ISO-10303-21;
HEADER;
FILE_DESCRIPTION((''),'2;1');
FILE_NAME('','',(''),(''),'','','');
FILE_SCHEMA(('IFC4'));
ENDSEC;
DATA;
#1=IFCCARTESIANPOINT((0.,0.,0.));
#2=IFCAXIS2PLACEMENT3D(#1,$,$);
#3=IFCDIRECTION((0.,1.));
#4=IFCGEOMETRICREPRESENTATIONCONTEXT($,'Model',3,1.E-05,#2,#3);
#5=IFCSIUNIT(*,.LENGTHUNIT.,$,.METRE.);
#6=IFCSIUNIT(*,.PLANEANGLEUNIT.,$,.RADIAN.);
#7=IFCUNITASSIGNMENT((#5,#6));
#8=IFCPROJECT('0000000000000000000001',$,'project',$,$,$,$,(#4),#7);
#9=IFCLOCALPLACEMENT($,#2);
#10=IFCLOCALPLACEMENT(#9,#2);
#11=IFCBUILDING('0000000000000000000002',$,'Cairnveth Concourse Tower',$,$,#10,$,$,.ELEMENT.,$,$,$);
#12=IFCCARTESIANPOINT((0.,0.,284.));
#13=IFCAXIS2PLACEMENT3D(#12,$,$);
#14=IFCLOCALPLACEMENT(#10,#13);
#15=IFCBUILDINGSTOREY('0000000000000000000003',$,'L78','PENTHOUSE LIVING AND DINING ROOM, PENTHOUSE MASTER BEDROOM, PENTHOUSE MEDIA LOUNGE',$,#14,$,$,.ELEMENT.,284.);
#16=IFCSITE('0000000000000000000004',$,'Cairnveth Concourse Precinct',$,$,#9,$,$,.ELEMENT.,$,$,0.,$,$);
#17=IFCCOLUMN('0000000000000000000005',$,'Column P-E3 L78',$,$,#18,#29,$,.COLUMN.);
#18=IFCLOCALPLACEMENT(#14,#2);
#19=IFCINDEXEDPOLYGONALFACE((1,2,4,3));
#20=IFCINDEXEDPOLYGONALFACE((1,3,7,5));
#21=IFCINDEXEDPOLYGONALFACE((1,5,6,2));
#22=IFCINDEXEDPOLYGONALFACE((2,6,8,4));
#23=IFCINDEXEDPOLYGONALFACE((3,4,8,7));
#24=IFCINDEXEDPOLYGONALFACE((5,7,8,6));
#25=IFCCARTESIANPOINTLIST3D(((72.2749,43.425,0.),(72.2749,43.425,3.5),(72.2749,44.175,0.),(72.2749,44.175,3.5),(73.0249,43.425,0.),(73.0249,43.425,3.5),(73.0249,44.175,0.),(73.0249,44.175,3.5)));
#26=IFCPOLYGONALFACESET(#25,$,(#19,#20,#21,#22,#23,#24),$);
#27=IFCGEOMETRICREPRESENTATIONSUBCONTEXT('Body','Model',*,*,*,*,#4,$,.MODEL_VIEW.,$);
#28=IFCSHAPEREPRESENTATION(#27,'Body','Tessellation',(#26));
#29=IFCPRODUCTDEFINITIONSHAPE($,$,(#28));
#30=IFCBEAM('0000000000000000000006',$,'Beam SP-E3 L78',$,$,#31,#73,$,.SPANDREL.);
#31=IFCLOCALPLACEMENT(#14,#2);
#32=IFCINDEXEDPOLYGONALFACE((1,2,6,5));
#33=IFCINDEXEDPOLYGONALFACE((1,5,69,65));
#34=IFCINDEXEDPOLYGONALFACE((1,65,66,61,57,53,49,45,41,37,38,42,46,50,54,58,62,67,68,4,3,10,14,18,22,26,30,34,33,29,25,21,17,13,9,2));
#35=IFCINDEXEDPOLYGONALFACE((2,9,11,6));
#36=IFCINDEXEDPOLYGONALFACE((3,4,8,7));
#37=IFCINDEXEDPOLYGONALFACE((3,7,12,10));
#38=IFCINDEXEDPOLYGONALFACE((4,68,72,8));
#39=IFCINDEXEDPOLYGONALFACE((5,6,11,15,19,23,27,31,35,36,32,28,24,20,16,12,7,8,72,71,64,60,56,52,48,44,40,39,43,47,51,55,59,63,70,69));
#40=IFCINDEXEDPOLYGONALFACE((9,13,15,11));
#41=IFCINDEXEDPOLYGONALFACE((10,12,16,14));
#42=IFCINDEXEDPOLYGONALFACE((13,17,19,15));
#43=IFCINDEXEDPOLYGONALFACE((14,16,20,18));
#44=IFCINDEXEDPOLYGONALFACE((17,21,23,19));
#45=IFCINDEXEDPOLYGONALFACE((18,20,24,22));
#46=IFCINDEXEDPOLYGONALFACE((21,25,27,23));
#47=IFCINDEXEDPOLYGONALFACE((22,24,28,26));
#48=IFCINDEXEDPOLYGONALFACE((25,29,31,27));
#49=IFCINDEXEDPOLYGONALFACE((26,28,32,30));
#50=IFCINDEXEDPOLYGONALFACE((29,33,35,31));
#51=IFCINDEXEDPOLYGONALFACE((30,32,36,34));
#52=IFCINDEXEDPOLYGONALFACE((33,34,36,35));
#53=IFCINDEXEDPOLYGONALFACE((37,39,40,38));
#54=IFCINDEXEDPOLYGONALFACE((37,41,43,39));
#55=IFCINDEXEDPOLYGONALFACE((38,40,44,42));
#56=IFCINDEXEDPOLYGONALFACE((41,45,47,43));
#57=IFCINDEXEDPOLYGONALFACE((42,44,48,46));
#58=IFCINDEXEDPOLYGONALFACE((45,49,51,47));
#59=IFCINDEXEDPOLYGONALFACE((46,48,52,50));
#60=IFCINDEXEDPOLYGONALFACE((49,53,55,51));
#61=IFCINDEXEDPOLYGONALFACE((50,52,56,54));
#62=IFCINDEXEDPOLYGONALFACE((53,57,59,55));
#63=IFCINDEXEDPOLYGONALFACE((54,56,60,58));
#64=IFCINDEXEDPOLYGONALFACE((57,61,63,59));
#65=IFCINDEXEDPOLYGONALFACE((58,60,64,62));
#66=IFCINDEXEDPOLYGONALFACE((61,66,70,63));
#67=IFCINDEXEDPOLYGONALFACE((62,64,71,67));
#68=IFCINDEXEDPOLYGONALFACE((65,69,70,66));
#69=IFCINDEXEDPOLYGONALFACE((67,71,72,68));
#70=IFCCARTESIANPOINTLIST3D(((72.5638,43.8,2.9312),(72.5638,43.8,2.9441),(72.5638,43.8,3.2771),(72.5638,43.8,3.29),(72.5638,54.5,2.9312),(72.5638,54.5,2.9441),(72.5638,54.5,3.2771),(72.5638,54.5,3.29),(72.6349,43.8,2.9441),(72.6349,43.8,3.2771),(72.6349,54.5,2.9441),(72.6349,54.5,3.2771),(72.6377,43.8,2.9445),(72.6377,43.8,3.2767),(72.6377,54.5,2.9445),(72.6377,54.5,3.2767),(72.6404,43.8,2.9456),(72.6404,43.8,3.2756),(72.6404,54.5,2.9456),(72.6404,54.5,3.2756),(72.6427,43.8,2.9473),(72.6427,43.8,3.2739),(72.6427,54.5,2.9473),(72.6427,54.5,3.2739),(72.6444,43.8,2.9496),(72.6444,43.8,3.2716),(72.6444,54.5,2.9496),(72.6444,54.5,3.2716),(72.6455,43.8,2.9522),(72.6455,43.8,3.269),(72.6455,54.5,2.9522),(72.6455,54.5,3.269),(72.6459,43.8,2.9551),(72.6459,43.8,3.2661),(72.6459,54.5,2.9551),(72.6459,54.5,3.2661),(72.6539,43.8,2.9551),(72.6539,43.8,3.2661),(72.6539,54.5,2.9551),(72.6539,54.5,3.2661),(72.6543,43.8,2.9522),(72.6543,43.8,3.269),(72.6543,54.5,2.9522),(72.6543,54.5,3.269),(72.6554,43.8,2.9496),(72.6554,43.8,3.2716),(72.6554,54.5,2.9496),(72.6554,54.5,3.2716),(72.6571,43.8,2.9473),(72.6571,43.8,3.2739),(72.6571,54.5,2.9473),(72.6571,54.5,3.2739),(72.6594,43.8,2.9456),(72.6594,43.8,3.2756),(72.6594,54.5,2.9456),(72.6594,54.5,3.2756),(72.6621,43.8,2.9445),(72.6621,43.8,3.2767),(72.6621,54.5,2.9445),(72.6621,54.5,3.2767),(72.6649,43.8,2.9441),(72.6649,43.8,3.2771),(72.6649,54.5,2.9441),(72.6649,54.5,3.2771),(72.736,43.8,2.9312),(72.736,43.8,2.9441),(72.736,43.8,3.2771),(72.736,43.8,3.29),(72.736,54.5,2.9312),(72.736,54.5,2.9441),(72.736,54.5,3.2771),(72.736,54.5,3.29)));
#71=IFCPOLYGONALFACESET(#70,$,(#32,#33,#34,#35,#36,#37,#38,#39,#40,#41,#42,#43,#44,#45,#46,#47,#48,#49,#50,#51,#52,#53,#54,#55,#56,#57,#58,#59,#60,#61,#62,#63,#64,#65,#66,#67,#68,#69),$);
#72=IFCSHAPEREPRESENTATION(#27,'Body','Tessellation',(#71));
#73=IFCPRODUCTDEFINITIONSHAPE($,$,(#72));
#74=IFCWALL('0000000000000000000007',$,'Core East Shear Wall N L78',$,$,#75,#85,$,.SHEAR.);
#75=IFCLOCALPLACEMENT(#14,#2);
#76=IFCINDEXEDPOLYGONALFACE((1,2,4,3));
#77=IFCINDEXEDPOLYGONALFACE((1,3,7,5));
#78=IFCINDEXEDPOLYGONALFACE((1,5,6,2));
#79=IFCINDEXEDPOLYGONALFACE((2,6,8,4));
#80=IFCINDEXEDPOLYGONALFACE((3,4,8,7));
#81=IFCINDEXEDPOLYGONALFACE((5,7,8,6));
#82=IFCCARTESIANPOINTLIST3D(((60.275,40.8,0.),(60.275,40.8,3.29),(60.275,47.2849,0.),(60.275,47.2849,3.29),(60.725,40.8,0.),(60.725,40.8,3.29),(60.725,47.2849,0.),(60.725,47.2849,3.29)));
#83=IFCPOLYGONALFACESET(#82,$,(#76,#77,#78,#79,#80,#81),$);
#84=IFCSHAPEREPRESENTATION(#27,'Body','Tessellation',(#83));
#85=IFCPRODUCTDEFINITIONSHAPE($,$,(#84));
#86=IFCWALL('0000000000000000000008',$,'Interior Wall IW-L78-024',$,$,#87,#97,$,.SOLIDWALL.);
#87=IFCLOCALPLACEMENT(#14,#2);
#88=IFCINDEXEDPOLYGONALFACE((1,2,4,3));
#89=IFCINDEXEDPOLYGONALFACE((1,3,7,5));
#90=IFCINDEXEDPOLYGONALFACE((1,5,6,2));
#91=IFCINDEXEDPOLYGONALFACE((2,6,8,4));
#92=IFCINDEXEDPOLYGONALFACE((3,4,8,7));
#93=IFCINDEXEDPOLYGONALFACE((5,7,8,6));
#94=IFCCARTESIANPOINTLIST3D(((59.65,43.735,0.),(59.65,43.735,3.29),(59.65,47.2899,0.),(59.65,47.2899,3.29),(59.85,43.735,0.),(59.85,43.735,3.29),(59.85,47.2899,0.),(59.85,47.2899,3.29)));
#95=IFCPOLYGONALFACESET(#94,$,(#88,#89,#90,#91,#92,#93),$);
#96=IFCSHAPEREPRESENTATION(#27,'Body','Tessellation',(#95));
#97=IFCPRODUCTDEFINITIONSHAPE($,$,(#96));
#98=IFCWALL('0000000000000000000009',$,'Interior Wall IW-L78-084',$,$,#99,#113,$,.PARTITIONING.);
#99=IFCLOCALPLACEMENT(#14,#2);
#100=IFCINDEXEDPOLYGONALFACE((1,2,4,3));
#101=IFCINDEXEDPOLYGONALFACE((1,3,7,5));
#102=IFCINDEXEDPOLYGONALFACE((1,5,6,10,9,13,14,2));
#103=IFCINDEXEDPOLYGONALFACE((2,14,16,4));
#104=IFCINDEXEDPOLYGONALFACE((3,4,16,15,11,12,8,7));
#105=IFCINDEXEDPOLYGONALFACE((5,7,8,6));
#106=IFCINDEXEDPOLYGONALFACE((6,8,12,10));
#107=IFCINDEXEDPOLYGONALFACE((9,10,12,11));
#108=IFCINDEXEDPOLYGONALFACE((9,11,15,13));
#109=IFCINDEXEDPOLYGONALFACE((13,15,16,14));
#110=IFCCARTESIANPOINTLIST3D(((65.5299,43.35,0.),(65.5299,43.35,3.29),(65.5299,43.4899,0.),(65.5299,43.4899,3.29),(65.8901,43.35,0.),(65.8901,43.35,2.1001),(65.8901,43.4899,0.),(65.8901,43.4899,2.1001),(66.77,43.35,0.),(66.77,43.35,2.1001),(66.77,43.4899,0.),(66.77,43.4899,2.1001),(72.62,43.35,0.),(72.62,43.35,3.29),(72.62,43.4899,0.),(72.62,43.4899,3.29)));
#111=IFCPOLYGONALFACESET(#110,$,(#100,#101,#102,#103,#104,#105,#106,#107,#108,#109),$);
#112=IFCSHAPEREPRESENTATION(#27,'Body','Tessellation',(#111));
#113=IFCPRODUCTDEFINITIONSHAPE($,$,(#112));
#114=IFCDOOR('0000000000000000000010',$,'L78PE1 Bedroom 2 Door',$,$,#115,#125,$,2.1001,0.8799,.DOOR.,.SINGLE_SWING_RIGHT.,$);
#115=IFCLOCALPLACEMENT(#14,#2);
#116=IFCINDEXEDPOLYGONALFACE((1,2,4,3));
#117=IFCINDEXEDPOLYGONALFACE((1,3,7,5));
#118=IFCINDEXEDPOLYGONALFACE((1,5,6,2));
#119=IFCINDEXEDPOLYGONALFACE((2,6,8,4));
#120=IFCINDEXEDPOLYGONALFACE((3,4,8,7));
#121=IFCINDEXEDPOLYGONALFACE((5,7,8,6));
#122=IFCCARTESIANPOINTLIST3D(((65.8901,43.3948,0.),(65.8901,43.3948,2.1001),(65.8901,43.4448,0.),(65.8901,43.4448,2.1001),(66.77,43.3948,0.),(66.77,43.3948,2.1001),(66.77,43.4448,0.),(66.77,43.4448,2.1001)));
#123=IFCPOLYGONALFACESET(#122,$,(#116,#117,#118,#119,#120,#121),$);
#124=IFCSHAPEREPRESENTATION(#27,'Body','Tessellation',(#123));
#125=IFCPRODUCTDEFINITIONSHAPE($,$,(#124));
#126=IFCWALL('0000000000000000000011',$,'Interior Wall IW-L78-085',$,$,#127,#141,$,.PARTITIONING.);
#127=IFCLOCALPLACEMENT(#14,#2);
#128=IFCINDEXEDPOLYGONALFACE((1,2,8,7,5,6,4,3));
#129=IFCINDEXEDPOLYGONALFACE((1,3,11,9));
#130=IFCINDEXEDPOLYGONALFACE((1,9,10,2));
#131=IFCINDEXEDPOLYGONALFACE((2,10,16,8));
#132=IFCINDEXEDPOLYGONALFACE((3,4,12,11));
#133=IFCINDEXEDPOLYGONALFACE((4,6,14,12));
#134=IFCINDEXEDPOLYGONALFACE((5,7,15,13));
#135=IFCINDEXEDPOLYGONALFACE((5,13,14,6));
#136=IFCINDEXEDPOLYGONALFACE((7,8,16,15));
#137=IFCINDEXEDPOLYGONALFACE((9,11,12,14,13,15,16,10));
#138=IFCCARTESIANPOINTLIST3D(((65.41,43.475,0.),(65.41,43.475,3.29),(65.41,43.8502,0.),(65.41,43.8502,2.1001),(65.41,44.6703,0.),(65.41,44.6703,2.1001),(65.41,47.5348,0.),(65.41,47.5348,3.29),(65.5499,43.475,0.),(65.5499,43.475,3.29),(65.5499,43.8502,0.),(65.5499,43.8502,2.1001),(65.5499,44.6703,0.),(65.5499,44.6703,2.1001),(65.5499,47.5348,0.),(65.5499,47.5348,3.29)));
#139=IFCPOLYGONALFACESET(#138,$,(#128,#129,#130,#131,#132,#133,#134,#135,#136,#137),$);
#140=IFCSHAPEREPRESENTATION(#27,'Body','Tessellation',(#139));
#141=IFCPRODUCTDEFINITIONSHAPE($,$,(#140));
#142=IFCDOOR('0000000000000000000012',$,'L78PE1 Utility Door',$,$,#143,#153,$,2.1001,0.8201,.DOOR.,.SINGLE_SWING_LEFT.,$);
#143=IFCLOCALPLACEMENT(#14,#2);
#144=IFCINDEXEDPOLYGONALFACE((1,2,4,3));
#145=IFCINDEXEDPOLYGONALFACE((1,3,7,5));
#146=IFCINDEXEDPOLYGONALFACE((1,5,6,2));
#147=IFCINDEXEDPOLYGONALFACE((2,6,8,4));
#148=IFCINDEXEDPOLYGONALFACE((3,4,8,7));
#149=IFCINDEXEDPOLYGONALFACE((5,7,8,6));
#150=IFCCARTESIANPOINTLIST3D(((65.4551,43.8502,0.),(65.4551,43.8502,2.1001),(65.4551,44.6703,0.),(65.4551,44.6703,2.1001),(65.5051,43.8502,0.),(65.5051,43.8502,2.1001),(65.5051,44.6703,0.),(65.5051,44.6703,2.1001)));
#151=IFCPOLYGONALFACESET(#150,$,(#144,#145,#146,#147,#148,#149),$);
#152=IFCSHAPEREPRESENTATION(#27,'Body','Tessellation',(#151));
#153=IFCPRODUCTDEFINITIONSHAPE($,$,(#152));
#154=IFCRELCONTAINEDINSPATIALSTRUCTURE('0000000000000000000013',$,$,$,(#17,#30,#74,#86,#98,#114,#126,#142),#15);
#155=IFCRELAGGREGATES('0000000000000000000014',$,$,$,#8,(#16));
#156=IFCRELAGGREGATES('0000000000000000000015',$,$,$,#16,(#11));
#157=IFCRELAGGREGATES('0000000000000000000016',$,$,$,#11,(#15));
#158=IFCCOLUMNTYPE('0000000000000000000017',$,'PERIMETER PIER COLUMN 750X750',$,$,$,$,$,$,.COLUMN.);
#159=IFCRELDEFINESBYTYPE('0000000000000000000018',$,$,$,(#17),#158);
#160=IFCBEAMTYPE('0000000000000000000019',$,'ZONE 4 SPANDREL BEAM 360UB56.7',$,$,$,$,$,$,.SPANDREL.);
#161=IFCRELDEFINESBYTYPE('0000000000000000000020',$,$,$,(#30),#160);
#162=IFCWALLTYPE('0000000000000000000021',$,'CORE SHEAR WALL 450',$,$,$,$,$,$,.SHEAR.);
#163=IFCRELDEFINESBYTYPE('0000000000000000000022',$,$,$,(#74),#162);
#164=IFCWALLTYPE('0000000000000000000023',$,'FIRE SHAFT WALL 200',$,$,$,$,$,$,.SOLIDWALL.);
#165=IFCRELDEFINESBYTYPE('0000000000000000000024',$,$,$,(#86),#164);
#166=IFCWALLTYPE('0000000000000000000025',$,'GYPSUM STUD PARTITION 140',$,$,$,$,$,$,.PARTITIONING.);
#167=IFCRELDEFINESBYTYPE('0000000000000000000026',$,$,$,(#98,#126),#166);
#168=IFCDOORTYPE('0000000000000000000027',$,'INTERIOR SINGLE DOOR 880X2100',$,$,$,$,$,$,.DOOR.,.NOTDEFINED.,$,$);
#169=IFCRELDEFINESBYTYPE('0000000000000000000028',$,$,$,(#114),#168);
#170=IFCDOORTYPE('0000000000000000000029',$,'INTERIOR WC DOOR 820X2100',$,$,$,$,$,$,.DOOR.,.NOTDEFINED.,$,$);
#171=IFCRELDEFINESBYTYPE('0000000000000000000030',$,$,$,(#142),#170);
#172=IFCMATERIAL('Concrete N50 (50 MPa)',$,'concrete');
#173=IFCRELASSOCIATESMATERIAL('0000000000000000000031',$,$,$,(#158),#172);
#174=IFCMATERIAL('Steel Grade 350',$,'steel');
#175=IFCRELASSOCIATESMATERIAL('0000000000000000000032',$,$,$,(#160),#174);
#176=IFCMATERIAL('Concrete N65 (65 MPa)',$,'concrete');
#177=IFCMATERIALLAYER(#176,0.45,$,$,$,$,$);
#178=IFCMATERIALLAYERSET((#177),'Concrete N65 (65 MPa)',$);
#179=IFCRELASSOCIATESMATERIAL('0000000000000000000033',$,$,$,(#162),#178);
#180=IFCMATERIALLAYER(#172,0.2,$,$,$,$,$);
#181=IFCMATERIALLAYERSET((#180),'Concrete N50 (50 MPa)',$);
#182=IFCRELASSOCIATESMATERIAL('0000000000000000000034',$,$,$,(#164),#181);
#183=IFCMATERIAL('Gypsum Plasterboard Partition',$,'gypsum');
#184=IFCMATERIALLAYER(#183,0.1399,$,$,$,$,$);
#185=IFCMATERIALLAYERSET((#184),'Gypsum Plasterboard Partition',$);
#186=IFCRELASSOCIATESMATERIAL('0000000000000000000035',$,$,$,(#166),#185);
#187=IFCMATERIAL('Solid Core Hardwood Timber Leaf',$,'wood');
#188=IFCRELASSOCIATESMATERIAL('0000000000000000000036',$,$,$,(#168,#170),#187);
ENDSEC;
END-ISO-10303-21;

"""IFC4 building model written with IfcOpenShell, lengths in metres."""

from ifc_helpers import new_model, si_unit, direction, frame, frame_2d, origin, origin_2d, place, context, subcontext, project, spatial, rectangle, i_section, extrude, material, layer, layer_set, material_profile, profile_set, type_object, element, fill, save


model = new_model("IFC4")

# Units and contexts
model_context = context("Model", 3, precision=1e-05, world=origin(), true_north=direction((0.0, 1.0)))
body_context = subcontext(model_context, "Body", "Model", "MODEL_VIEW")
ifc_project = project(units=[si_unit("LENGTHUNIT", "METRE"), si_unit("PLANEANGLEUNIT", "RADIAN")], contexts=[model_context])

# Site, building, storey
site_placement = place(None, origin())
site = spatial("IfcSite", under=ifc_project, at=site_placement, Name="Cairnveth Concourse Precinct", CompositionType="ELEMENT", RefElevation=0.0)
building_placement = place(site_placement, origin())
building = spatial("IfcBuilding", under=site, at=building_placement, Name="Cairnveth Concourse Tower", CompositionType="ELEMENT")
storey_placement = place(building_placement, frame((0.0, 0.0, 284.0)))
storey = spatial("IfcBuildingStorey", under=building, at=storey_placement, Name="L78", Description="PENTHOUSE LIVING AND DINING ROOM, PENTHOUSE MASTER BEDROOM, PENTHOUSE MEDIA LOUNGE", CompositionType="ELEMENT", Elevation=284.0)

# Column
ifc_material_1 = material(Name="Concrete N50 (50 MPa)", Category="concrete")
ifc_material_profile_1 = material_profile(ifc_material_1, rectangle(XDim=0.75, YDim=0.75, at=origin_2d()), Name="RC-COL-750x750")
ifc_profile_set_1 = profile_set([ifc_material_profile_1], Name="Concrete N50 (50 MPa)")
column_type = type_object("IfcColumnType", Name="PERIMETER PIER COLUMN 750X750", PredefinedType="COLUMN", material=ifc_profile_set_1)
column_placement = place(storey_placement, frame((72.6499, 43.8, 0.0), z_axis=(0.0, 0.0, 1.0), x_axis=(0.0, 1.0, 0.0)))
element("IfcColumn", 1, at=column_placement, inside=storey, type_object=column_type, Name="Column P-E3 L78", PredefinedType="COLUMN", context=body_context, shape_type="SweptSolid", body=[
    extrude(rectangle(XDim=0.75, YDim=0.75, at=origin_2d()), origin(), (0.0, 0.0, 1.0), 3.5),
])

# Beam
ifc_material_2 = material(Name="Steel Grade 350", Category="steel")
ifc_material_profile_2 = material_profile(ifc_material_2, i_section(OverallWidth=0.1721, OverallDepth=0.3589, WebThickness=0.0081, FlangeThickness=0.0129, FilletRadius=0.011, at=origin_2d()), Name="360UB56.7")
ifc_profile_set_2 = profile_set([ifc_material_profile_2], Name="Steel Grade 350")
beam_type = type_object("IfcBeamType", Name="ZONE 4 SPANDREL BEAM 360UB56.7", PredefinedType="SPANDREL", material=ifc_profile_set_2)
beam_placement = place(storey_placement, frame((72.6499, 43.8, 3.1106), z_axis=(0.0, 1.0, 0.0), x_axis=(-1.0, 0.0, 0.0)))
element("IfcBeam", 2, at=beam_placement, inside=storey, type_object=beam_type, Name="Beam SP-E3 L78", PredefinedType="SPANDREL", context=body_context, shape_type="SweptSolid", body=[
    extrude(i_section(OverallWidth=0.1721, OverallDepth=0.3589, WebThickness=0.0081, FlangeThickness=0.0129, FilletRadius=0.011, at=origin_2d()), origin(), (0.0, 0.0, 1.0), 10.7),
])

# Wall
ifc_material_3 = material(Name="Concrete N65 (65 MPa)", Category="concrete")
ifc_layer_1 = layer(ifc_material_3, 0.45)
ifc_layer_set_1 = layer_set([ifc_layer_1], Name="Concrete N65 (65 MPa)")
wall_type_1 = type_object("IfcWallType", Name="CORE SHEAR WALL 450", PredefinedType="SHEAR", material=ifc_layer_set_1)
wall_1_placement = place(storey_placement, frame((60.5, 40.8, 0.0), z_axis=(0.0, 0.0, 1.0), x_axis=(0.0, 1.0, 0.0)))
element("IfcWall", 3, at=wall_1_placement, inside=storey, type_object=wall_type_1, Name="Core East Shear Wall N L78", PredefinedType="SHEAR", context=body_context, shape_type="SweptSolid", body=[
    extrude(rectangle(XDim=6.4849, YDim=0.45, at=frame_2d((3.2424, 0.0))), origin(), (0.0, 0.0, 1.0), 3.29),
])

# Shared definitions
ifc_layer_2 = layer(ifc_material_1, 0.2)
ifc_layer_set_2 = layer_set([ifc_layer_2], Name="Concrete N50 (50 MPa)")
wall_type_2 = type_object("IfcWallType", Name="FIRE SHAFT WALL 200", PredefinedType="SOLIDWALL", material=ifc_layer_set_2)

# Wall
wall_2_placement = place(storey_placement, frame((59.75, 43.7351, 0.0), z_axis=(0.0, 0.0, 1.0), x_axis=(0.0, 1.0, 0.0)))
element("IfcWall", 4, at=wall_2_placement, inside=storey, type_object=wall_type_2, Name="Interior Wall IW-L78-024", PredefinedType="SOLIDWALL", context=body_context, shape_type="SweptSolid", body=[
    extrude(rectangle(XDim=3.5549, YDim=0.2, at=frame_2d((1.7773, 0.0))), origin(), (0.0, 0.0, 1.0), 3.29),
])

# Walls, openings, doors
ifc_material_4 = material(Name="Gypsum Plasterboard Partition", Category="gypsum")
ifc_layer_3 = layer(ifc_material_4, 0.1399)
ifc_layer_set_3 = layer_set([ifc_layer_3], Name="Gypsum Plasterboard Partition")
wall_type_3 = type_object("IfcWallType", Name="GYPSUM STUD PARTITION 140", PredefinedType="PARTITIONING", material=ifc_layer_set_3)
wall_3_placement = place(storey_placement, frame((65.53, 43.4199, 0.0), z_axis=(0.0, 0.0, 1.0), x_axis=(1.0, 0.0, 0.0)))
wall_3 = element("IfcWall", 5, at=wall_3_placement, inside=storey, type_object=wall_type_3, Name="Interior Wall IW-L78-084", PredefinedType="PARTITIONING", context=body_context, shape_type="SweptSolid", body=[
    extrude(rectangle(XDim=7.0901, YDim=0.1399, at=frame_2d((3.5449, 0.0))), origin(), (0.0, 0.0, 1.0), 3.29),
])
opening_1_placement = place(wall_3_placement, frame((0.3601, 0.0, 0.0)))
opening_1 = element("IfcOpeningElement", 6, at=opening_1_placement, cuts=wall_3, PredefinedType="OPENING", context=body_context, shape_type="SweptSolid", body=[
    extrude(rectangle(XDim=0.8799, YDim=2.1001, at=frame_2d((0.4399, 1.05))), frame((0.0, 0.0798, 0.0), z_axis=(0.0, -1.0, 0.0), x_axis=(1.0, 0.0, 0.0)), (0.0, 0.0, 1.0), 0.1599),
])
ifc_material_5 = material(Name="Solid Core Hardwood Timber Leaf", Category="wood")
door_type_1 = type_object("IfcDoorType", Name="INTERIOR SINGLE DOOR 880X2100", OperationType="NOTDEFINED", PredefinedType="DOOR", material=ifc_material_5)
door_1_placement = place(opening_1_placement, origin())
door_1 = element("IfcDoor", 7, at=door_1_placement, inside=storey, type_object=door_type_1, Name="L78PE1 Bedroom 2 Door", OperationType="SINGLE_SWING_RIGHT", OverallHeight=2.1001, OverallWidth=0.8799, PredefinedType="DOOR", context=body_context, shape_type="SweptSolid", body=[
    extrude(rectangle(XDim=0.8799, YDim=2.1001, at=frame_2d((0.4399, 1.05))), frame((0.0, 0.0249, 0.0), z_axis=(0.0, -1.0, 0.0), x_axis=(1.0, 0.0, 0.0)), (0.0, 0.0, 1.0), 0.05),
])
fill(opening_1, door_1)
wall_4_placement = place(storey_placement, frame((65.48, 43.4751, 0.0), z_axis=(0.0, 0.0, 1.0), x_axis=(0.0, 1.0, 0.0)))
wall_4 = element("IfcWall", 8, at=wall_4_placement, inside=storey, type_object=wall_type_3, Name="Interior Wall IW-L78-085", PredefinedType="PARTITIONING", context=body_context, shape_type="SweptSolid", body=[
    extrude(rectangle(XDim=4.0598, YDim=0.1399, at=frame_2d((2.0298, 0.0))), origin(), (0.0, 0.0, 1.0), 3.29),
])
opening_2_placement = place(wall_4_placement, frame((0.375, 0.0, 0.0)))
opening_2 = element("IfcOpeningElement", 9, at=opening_2_placement, cuts=wall_4, PredefinedType="OPENING", context=body_context, shape_type="SweptSolid", body=[
    extrude(rectangle(XDim=0.8201, YDim=2.1001, at=frame_2d((0.4102, 1.05))), frame((0.0, 0.0798, 0.0), z_axis=(0.0, -1.0, 0.0), x_axis=(1.0, 0.0, 0.0)), (0.0, 0.0, 1.0), 0.1599),
])
door_type_2 = type_object("IfcDoorType", Name="INTERIOR WC DOOR 820X2100", OperationType="NOTDEFINED", PredefinedType="DOOR", material=ifc_material_5)
door_2_placement = place(opening_2_placement, origin())
door_2 = element("IfcDoor", 10, at=door_2_placement, inside=storey, type_object=door_type_2, Name="L78PE1 Utility Door", OperationType="SINGLE_SWING_LEFT", OverallHeight=2.1001, OverallWidth=0.8201, PredefinedType="DOOR", context=body_context, shape_type="SweptSolid", body=[
    extrude(rectangle(XDim=0.8201, YDim=2.1001, at=frame_2d((0.4102, 1.05))), frame((0.0, 0.0249, 0.0), z_axis=(0.0, -1.0, 0.0), x_axis=(1.0, 0.0, 0.0)), (0.0, 0.0, 1.0), 0.05),
])
fill(opening_2, door_2)

save(model, "model.ifc")
